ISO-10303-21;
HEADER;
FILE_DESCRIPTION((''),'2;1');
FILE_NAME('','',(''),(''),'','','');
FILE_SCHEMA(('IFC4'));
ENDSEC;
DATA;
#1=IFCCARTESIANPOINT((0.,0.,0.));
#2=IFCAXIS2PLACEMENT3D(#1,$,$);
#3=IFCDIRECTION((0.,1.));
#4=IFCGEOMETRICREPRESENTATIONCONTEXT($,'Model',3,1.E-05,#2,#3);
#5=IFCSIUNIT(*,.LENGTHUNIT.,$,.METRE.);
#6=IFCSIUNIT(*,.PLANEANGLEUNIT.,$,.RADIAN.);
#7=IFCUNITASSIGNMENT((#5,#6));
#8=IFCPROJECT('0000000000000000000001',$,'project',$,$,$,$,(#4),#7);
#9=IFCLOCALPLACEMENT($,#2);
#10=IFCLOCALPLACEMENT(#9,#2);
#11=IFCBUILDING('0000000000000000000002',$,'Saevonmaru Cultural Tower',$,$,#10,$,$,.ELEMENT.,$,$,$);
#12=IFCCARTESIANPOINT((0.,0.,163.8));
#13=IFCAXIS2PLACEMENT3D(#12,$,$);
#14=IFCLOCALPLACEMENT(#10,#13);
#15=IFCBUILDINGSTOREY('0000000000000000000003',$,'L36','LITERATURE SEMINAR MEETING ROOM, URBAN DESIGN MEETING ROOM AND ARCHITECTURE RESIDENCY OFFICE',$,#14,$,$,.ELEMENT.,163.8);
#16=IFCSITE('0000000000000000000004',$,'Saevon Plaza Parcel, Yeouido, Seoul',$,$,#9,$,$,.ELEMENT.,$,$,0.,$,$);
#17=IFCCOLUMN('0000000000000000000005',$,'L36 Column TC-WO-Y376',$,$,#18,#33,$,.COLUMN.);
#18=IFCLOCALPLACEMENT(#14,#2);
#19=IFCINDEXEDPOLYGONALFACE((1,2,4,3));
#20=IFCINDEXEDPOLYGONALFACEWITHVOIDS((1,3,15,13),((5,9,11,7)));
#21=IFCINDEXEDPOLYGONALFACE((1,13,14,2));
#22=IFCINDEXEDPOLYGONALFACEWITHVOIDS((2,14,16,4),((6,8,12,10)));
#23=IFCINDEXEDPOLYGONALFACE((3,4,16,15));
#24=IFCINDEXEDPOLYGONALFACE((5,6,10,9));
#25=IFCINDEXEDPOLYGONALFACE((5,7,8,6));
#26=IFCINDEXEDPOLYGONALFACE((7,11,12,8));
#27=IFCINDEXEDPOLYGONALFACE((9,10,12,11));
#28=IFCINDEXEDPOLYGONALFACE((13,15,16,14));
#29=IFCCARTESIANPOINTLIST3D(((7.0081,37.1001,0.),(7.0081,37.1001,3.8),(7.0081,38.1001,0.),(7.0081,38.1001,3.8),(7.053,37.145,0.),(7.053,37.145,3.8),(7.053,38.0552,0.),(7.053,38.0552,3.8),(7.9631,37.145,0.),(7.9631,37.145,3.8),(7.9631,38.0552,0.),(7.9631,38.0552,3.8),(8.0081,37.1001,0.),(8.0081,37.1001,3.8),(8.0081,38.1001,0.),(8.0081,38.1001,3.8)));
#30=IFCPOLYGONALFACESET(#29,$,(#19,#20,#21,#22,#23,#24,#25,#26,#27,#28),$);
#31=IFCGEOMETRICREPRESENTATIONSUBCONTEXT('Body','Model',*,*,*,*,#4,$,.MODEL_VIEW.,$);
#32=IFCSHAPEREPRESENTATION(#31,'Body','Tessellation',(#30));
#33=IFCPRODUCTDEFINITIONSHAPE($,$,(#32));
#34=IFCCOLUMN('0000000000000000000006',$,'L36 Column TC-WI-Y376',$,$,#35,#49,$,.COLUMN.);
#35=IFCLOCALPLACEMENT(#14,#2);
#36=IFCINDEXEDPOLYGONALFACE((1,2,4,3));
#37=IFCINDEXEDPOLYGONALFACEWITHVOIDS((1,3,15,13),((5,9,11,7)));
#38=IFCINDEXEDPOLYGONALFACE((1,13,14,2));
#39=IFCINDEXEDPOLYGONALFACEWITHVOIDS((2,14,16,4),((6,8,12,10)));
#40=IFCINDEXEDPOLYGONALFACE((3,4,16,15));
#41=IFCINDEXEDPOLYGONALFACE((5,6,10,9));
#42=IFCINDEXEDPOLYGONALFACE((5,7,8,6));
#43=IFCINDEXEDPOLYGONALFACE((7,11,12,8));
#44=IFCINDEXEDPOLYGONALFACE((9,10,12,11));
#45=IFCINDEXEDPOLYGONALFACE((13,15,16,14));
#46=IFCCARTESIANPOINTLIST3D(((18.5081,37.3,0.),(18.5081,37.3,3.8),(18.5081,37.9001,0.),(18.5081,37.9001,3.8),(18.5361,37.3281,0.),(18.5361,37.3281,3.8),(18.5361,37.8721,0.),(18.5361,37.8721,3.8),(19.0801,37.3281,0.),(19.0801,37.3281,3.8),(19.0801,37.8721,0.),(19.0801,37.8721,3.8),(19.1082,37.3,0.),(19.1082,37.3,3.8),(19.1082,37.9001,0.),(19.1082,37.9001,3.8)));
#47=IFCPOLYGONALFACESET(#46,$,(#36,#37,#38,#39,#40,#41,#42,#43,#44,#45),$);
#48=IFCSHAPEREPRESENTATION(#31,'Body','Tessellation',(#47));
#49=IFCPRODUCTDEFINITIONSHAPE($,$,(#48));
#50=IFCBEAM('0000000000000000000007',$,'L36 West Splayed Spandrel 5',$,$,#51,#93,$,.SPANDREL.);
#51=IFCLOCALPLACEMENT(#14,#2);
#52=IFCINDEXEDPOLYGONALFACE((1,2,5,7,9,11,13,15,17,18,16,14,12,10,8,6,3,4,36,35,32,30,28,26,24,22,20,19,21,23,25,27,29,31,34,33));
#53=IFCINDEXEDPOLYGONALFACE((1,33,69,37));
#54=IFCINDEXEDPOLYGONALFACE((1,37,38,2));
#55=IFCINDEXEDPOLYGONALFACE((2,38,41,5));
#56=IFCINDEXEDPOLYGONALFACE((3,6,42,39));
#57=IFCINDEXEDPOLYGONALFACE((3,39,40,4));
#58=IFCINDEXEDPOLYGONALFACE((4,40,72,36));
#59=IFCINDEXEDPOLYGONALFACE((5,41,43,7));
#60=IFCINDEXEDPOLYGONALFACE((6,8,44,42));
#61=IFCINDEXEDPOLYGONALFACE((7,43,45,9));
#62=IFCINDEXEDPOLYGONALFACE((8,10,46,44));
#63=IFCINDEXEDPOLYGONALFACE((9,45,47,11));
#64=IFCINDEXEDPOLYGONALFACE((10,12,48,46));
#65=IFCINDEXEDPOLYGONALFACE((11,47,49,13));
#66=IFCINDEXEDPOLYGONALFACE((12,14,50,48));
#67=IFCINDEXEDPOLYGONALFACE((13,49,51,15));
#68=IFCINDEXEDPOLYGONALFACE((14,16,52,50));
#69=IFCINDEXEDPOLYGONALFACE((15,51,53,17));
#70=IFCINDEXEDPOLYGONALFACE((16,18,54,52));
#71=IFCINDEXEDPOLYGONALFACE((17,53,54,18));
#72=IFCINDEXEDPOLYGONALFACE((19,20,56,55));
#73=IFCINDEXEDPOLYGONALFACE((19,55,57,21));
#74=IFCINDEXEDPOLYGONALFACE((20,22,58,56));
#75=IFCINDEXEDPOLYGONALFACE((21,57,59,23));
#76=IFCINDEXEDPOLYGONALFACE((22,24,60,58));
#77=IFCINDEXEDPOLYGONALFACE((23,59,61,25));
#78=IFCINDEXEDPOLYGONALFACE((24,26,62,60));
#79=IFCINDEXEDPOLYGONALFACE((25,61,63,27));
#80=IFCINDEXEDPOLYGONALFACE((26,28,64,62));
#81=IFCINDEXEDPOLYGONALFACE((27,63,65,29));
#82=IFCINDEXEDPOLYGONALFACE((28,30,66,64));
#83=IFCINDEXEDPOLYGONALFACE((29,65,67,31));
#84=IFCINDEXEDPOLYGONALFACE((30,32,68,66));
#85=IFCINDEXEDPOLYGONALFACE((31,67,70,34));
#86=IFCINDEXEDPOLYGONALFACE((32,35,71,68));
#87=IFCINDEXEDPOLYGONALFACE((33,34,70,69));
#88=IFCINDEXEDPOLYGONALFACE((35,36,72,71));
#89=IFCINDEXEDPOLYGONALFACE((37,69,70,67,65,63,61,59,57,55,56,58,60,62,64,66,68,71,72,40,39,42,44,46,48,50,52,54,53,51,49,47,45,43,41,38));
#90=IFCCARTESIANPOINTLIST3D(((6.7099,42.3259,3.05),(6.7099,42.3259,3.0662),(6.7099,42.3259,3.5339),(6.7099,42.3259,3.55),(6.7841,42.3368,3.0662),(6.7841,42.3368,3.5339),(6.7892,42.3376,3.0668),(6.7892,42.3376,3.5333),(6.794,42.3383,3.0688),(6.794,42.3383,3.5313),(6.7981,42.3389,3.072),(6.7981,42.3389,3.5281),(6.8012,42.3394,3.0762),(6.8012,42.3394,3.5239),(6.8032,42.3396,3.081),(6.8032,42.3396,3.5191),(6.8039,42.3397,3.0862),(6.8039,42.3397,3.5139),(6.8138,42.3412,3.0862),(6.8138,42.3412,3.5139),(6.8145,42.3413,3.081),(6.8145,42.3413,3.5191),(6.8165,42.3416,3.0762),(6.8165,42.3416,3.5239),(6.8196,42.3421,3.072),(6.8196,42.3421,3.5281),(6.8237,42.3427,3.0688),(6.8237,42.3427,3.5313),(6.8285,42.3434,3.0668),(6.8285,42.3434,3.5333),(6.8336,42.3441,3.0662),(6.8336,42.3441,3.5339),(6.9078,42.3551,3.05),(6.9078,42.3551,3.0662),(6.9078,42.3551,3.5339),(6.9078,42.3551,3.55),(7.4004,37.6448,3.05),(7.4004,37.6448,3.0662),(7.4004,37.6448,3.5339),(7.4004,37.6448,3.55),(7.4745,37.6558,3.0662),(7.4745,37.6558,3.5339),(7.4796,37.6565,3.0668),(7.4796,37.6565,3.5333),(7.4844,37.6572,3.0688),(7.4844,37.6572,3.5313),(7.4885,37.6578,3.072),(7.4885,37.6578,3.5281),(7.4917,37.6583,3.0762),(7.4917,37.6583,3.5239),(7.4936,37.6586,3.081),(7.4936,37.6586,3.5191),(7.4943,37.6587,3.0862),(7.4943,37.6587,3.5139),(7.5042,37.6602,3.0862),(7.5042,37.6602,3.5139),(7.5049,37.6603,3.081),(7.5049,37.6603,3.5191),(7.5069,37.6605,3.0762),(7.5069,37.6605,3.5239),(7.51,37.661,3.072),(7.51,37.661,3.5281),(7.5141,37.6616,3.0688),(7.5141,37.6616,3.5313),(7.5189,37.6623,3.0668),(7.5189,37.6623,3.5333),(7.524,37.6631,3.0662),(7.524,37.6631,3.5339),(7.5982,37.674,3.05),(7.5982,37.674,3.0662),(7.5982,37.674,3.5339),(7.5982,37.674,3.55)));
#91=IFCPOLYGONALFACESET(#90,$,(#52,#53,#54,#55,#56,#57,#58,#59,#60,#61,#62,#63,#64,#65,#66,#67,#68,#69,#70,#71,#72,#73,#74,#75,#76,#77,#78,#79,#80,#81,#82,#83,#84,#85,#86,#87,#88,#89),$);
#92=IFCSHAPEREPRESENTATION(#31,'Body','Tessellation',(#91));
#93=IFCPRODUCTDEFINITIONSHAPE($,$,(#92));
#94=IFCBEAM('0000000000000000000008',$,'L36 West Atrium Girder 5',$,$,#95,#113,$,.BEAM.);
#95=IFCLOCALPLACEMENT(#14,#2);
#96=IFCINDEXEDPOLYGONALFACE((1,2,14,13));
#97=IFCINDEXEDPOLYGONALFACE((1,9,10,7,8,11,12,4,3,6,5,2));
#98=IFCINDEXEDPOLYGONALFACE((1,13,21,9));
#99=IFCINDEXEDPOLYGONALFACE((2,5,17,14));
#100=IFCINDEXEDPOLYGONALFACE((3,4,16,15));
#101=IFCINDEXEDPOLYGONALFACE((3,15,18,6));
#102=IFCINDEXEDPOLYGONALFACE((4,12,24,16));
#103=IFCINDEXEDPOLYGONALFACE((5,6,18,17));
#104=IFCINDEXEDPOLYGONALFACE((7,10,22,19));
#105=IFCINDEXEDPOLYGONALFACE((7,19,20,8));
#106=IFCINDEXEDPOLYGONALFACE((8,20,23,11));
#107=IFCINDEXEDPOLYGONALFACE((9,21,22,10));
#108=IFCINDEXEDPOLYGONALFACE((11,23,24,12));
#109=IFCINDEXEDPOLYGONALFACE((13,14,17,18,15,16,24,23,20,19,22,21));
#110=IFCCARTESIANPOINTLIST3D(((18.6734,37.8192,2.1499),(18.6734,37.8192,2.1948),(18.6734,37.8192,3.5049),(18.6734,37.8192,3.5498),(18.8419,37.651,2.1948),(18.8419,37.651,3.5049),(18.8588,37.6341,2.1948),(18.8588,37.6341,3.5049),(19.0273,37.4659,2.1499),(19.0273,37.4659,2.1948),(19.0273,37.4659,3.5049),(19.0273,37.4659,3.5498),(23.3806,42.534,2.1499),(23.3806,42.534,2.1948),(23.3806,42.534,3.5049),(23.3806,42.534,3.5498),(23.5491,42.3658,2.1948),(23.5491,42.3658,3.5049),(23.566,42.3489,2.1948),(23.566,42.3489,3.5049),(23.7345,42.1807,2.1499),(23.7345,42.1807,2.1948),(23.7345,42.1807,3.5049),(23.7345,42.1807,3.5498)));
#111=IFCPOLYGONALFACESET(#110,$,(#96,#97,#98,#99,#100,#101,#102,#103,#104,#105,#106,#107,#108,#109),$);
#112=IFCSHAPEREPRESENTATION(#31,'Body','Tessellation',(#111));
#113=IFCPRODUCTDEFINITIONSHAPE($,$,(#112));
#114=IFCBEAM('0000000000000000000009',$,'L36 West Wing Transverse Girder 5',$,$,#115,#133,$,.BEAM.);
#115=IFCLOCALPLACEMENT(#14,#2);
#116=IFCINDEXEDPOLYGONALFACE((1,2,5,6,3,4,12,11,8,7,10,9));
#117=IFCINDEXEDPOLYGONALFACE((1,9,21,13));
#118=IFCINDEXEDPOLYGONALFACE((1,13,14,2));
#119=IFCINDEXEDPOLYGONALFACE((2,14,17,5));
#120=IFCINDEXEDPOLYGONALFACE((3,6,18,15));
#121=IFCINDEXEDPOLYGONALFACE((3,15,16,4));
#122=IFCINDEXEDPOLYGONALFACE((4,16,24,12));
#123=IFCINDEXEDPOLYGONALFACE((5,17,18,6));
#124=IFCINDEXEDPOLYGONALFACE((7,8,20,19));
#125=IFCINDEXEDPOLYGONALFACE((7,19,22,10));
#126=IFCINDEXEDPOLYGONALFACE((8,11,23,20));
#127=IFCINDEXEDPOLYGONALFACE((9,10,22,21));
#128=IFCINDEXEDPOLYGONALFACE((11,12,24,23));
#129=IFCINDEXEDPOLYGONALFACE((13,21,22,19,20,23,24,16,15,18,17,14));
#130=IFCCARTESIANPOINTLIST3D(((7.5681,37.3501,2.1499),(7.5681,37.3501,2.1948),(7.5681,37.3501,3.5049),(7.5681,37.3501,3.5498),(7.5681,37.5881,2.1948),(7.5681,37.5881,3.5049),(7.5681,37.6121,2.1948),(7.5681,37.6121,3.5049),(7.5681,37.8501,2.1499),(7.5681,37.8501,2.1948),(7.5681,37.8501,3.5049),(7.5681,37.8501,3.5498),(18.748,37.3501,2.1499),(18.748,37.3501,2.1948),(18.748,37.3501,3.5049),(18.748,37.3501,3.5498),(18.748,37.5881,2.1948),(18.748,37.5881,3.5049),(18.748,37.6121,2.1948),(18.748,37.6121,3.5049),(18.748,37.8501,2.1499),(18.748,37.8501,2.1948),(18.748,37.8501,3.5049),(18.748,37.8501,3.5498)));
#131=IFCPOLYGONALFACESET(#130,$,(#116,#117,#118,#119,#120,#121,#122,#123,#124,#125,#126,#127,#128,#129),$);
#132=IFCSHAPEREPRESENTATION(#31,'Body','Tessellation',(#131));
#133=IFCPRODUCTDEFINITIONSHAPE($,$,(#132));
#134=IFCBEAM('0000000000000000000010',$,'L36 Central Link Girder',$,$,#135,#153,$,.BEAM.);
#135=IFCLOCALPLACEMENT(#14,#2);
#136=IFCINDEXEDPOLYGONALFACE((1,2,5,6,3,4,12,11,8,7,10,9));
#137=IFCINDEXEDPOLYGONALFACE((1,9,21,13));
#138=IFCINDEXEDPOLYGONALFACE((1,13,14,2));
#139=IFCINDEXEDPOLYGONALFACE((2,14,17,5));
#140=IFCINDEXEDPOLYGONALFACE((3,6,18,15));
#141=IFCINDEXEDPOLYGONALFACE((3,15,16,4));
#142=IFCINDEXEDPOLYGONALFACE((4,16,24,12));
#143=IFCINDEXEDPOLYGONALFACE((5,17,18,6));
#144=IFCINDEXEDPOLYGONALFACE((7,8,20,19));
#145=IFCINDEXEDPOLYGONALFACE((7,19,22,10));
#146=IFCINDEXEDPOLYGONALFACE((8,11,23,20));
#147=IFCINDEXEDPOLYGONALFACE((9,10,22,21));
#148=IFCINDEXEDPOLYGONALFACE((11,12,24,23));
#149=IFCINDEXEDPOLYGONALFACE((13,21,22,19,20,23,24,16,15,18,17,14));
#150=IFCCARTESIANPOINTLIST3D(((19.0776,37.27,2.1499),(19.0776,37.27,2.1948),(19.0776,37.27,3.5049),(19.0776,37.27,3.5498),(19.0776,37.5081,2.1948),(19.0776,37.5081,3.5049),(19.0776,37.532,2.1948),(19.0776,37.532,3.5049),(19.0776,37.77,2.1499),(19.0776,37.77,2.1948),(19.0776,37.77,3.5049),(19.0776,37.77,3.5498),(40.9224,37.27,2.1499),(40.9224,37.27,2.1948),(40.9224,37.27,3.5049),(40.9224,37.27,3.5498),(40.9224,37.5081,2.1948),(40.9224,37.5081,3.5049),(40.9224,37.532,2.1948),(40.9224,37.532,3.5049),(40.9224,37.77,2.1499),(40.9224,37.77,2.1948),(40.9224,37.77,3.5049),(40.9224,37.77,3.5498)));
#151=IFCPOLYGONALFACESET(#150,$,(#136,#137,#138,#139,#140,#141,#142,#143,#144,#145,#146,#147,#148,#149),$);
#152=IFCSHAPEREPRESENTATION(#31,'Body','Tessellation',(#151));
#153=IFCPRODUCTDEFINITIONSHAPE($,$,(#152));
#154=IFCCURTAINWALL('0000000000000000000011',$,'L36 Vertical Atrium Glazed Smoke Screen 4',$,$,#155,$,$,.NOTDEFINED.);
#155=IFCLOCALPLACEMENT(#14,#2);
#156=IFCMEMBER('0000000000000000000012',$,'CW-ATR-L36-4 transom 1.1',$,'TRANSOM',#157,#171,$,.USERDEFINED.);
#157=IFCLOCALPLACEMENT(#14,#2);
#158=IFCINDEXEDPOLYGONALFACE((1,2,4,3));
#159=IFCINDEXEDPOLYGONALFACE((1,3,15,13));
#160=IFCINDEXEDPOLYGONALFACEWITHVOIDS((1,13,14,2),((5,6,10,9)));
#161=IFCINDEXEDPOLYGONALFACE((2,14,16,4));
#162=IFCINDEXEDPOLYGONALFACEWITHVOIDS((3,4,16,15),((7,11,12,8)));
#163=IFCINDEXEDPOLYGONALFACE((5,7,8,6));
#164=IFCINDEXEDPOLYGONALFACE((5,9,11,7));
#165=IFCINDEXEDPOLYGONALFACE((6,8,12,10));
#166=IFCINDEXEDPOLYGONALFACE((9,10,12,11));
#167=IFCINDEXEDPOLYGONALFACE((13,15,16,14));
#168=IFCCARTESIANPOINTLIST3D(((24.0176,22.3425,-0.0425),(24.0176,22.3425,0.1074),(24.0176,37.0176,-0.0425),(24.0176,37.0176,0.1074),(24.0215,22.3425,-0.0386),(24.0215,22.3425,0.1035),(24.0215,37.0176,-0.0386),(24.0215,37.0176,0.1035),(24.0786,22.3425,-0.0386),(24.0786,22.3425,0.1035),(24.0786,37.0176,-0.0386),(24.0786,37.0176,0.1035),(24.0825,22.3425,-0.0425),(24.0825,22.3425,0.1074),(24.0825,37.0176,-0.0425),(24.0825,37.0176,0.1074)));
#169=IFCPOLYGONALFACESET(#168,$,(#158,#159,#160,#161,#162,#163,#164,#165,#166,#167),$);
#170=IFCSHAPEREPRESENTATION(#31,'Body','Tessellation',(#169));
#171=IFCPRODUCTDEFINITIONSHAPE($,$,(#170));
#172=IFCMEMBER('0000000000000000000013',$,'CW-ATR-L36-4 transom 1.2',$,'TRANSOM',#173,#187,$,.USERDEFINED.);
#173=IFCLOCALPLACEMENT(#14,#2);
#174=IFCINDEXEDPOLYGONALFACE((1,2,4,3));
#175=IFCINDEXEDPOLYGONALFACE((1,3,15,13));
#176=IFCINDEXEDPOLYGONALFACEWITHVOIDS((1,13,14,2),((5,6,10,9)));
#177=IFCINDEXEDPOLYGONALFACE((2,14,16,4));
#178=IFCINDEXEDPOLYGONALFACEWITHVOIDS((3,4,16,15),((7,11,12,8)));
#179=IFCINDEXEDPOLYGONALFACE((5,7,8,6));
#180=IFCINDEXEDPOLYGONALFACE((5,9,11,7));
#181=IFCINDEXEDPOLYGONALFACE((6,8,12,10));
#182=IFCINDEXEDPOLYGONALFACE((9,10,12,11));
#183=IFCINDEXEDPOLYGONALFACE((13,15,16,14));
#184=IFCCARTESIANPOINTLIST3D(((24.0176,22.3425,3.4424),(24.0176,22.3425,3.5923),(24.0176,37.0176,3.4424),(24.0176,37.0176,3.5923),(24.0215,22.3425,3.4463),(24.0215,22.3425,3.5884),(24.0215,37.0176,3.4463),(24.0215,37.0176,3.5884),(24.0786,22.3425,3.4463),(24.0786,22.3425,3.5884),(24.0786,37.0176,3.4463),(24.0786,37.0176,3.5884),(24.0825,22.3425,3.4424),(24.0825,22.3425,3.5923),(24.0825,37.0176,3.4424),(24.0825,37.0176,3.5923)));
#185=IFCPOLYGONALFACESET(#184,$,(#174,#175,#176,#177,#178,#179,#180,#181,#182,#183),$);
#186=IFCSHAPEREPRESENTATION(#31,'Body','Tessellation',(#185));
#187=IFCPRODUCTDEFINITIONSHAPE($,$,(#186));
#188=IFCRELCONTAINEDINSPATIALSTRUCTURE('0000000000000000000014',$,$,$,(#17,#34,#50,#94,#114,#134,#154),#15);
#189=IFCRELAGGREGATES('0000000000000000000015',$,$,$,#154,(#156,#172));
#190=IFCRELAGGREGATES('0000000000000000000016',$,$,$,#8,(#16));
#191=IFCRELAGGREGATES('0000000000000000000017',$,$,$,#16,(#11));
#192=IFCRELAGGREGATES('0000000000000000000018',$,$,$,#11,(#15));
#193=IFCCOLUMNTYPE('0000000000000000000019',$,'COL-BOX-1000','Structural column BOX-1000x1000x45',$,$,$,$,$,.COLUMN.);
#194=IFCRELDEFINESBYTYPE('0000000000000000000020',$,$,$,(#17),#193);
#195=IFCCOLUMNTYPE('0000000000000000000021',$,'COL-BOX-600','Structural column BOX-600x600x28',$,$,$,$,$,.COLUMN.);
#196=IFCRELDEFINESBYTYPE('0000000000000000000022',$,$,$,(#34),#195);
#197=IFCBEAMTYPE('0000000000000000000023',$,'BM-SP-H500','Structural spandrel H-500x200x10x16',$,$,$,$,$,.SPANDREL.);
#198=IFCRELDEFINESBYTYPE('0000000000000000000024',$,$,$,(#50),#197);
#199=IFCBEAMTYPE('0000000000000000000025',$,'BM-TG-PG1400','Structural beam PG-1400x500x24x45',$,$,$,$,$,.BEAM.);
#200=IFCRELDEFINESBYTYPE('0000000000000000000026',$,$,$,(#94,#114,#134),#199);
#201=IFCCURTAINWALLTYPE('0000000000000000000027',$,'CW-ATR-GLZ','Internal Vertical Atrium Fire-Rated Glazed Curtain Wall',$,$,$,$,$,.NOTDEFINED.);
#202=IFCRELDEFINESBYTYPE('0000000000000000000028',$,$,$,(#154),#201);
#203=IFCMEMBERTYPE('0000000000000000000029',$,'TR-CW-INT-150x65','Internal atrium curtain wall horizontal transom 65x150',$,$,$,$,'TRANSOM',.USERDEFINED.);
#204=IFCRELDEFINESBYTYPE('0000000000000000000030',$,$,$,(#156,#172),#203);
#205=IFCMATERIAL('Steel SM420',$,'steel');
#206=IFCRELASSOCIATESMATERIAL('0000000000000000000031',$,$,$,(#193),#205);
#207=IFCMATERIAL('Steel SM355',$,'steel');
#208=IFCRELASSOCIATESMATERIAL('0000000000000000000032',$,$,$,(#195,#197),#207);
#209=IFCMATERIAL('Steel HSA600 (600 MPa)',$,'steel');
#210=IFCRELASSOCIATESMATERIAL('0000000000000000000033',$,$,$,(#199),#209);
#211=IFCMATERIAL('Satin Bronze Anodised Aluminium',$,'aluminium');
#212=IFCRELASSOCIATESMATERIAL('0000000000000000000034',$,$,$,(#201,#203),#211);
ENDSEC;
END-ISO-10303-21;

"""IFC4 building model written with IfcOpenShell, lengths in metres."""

from ifc_helpers import new_model, si_unit, direction, frame, origin, origin_2d, place, context, subcontext, project, spatial, hollow_rectangle, i_section, extrude, material, material_profile, profile_set, type_object, element, aggregate, save


model = new_model("IFC4")

# Units and contexts
model_context = context("Model", 3, precision=1e-05, world=origin(), true_north=direction((0.0, 1.0)))
body_context = subcontext(model_context, "Body", "Model", "MODEL_VIEW")
ifc_project = project(units=[si_unit("LENGTHUNIT", "METRE"), si_unit("PLANEANGLEUNIT", "RADIAN")], contexts=[model_context])

# Site, building, storey
site_placement = place(None, origin())
site = spatial("IfcSite", under=ifc_project, at=site_placement, Name="Saevon Plaza Parcel, Yeouido, Seoul", CompositionType="ELEMENT", RefElevation=0.0)
building_placement = place(site_placement, origin())
building = spatial("IfcBuilding", under=site, at=building_placement, Name="Saevonmaru Cultural Tower", CompositionType="ELEMENT")
storey_placement = place(building_placement, frame((0.0, 0.0, 163.8)))
storey = spatial("IfcBuildingStorey", under=building, at=storey_placement, Name="L36", Description="LITERATURE SEMINAR MEETING ROOM, URBAN DESIGN MEETING ROOM AND ARCHITECTURE RESIDENCY OFFICE", CompositionType="ELEMENT", Elevation=163.8)

# Columns
ifc_material_1 = material(Name="Steel SM420", Category="steel")
ifc_material_profile_1 = material_profile(ifc_material_1, hollow_rectangle(XDim=1.0, YDim=1.0, WallThickness=0.0449, at=origin_2d()), Name="BOX-1000x1000x45")
ifc_profile_set_1 = profile_set([ifc_material_profile_1], Name="Steel SM420")
column_type_1 = type_object("IfcColumnType", Name="COL-BOX-1000", Description="Structural column BOX-1000x1000x45", PredefinedType="COLUMN", material=ifc_profile_set_1)
column_1_placement = place(storey_placement, frame((7.5081, 37.6001, 0.0), z_axis=(0.0, 0.0, 1.0), x_axis=(1.0, 0.0, 0.0)))
element("IfcColumn", 1, at=column_1_placement, inside=storey, type_object=column_type_1, Name="L36 Column TC-WO-Y376", PredefinedType="COLUMN", context=body_context, shape_type="SweptSolid", body=[
    extrude(hollow_rectangle(XDim=1.0, YDim=1.0, WallThickness=0.0449, at=origin_2d()), origin(), (0.0, 0.0, 1.0), 3.8),
])
ifc_material_2 = material(Name="Steel SM355", Category="steel")
ifc_material_profile_2 = material_profile(ifc_material_2, hollow_rectangle(XDim=0.6001, YDim=0.6001, WallThickness=0.0281, at=origin_2d()), Name="BOX-600x600x28")
ifc_profile_set_2 = profile_set([ifc_material_profile_2], Name="Steel SM355")
column_type_2 = type_object("IfcColumnType", Name="COL-BOX-600", Description="Structural column BOX-600x600x28", PredefinedType="COLUMN", material=ifc_profile_set_2)
column_2_placement = place(storey_placement, frame((18.8081, 37.6001, 0.0), z_axis=(0.0, 0.0, 1.0), x_axis=(1.0, 0.0, 0.0)))
element("IfcColumn", 2, at=column_2_placement, inside=storey, type_object=column_type_2, Name="L36 Column TC-WI-Y376", PredefinedType="COLUMN", context=body_context, shape_type="SweptSolid", body=[
    extrude(hollow_rectangle(XDim=0.6001, YDim=0.6001, WallThickness=0.0281, at=origin_2d()), origin(), (0.0, 0.0, 1.0), 3.8),
])

# Beams
ifc_material_profile_3 = material_profile(ifc_material_2, i_section(OverallWidth=0.2, OverallDepth=0.5, WebThickness=0.01, FlangeThickness=0.0161, FilletRadius=0.02, at=origin_2d()), Name="H-500x200x10x16")
ifc_profile_set_3 = profile_set([ifc_material_profile_3], Name="Steel SM355")
beam_type_1 = type_object("IfcBeamType", Name="BM-SP-H500", Description="Structural spandrel H-500x200x10x16", PredefinedType="SPANDREL", material=ifc_profile_set_3)
beam_1_placement = place(storey_placement, frame((7.4993, 37.6594, 3.3), z_axis=(-0.145913, 0.989297, 0.0), x_axis=(-0.989297, -0.145913, 0.0)))
element("IfcBeam", 3, at=beam_1_placement, inside=storey, type_object=beam_type_1, Name="L36 West Splayed Spandrel 5", PredefinedType="SPANDREL", context=body_context, shape_type="SweptSolid", body=[
    extrude(i_section(OverallWidth=0.2, OverallDepth=0.5, WebThickness=0.01, FlangeThickness=0.0161, FilletRadius=0.02, at=origin_2d()), origin(), (0.0, 0.0, 1.0), 4.7317),
])
ifc_material_3 = material(Name="Steel HSA600 (600 MPa)", Category="steel")
ifc_material_profile_4 = material_profile(ifc_material_3, i_section(OverallWidth=0.5, OverallDepth=1.3999, WebThickness=0.0239, FlangeThickness=0.0449, at=origin_2d()), Name="PG-1400x500x24x45")
ifc_profile_set_4 = profile_set([ifc_material_profile_4], Name="Steel HSA600 (600 MPa)")
beam_type_2 = type_object("IfcBeamType", Name="BM-TG-PG1400", Description="Structural beam PG-1400x500x24x45", PredefinedType="BEAM", material=ifc_profile_set_4)
beam_2_placement = place(storey_placement, frame((18.8503, 37.6426, 2.8499), z_axis=(0.706539, 0.707675, 0.0), x_axis=(-0.707675, 0.706539, 0.0)))
element("IfcBeam", 4, at=beam_2_placement, inside=storey, type_object=beam_type_2, Name="L36 West Atrium Girder 5", PredefinedType="BEAM", context=body_context, shape_type="SweptSolid", body=[
    extrude(i_section(OverallWidth=0.5, OverallDepth=1.3999, WebThickness=0.0239, FlangeThickness=0.0449, at=origin_2d()), origin(), (0.0, 0.0, 1.0), 6.6624),
])
beam_3_placement = place(storey_placement, frame((7.5681, 37.6001, 2.8499), z_axis=(1.0, 0.0, 0.0), x_axis=(0.0, 1.0, 0.0)))
element("IfcBeam", 5, at=beam_3_placement, inside=storey, type_object=beam_type_2, Name="L36 West Wing Transverse Girder 5", PredefinedType="BEAM", context=body_context, shape_type="SweptSolid", body=[
    extrude(i_section(OverallWidth=0.5, OverallDepth=1.3999, WebThickness=0.0239, FlangeThickness=0.0449, at=origin_2d()), origin(), (0.0, 0.0, 1.0), 11.1799),
])
beam_4_placement = place(storey_placement, frame((19.0776, 37.52, 2.8499), z_axis=(1.0, 0.0, 0.0), x_axis=(0.0, 1.0, 0.0)))
element("IfcBeam", 6, at=beam_4_placement, inside=storey, type_object=beam_type_2, Name="L36 Central Link Girder", PredefinedType="BEAM", context=body_context, shape_type="SweptSolid", body=[
    extrude(i_section(OverallWidth=0.5, OverallDepth=1.3999, WebThickness=0.0239, FlangeThickness=0.0449, at=origin_2d()), origin(), (0.0, 0.0, 1.0), 21.8447),
])

# Curtain wall, members
ifc_material_4 = material(Name="Satin Bronze Anodised Aluminium", Category="aluminium")
curtain_wall_type_1 = type_object("IfcCurtainWallType", Name="CW-ATR-GLZ", Description="Internal Vertical Atrium Fire-Rated Glazed Curtain Wall", PredefinedType="NOTDEFINED", material=ifc_material_4)
curtain_wall_1_placement = place(storey_placement, origin())
curtain_wall_1 = element("IfcCurtainWall", 7, at=curtain_wall_1_placement, inside=storey, type_object=curtain_wall_type_1, Name="L36 Vertical Atrium Glazed Smoke Screen 4", PredefinedType="NOTDEFINED")
ifc_material_profile_5 = material_profile(ifc_material_4, hollow_rectangle(XDim=0.0649, YDim=0.1499, WallThickness=0.0039, at=origin_2d()), Name="ALU-TRAN-150x65x4")
ifc_profile_set_5 = profile_set([ifc_material_profile_5], Name="Satin Bronze Anodised Aluminium")
member_type = type_object("IfcMemberType", Name="TR-CW-INT-150x65", Description="Internal atrium curtain wall horizontal transom 65x150", ElementType="TRANSOM", PredefinedType="USERDEFINED", material=ifc_profile_set_5)
member_1_placement = place(storey_placement, frame((24.05, 37.0176, 0.0325), z_axis=(0.0, -1.0, 0.0), x_axis=(1.0, 0.0, 0.0)))
member_1 = element("IfcMember", 8, at=member_1_placement, type_object=member_type, Name="CW-ATR-L36-4 transom 1.1", ObjectType="TRANSOM", PredefinedType="USERDEFINED", context=body_context, shape_type="SweptSolid", body=[
    extrude(hollow_rectangle(XDim=0.0649, YDim=0.1499, WallThickness=0.0039, at=origin_2d()), origin(), (0.0, 0.0, 1.0), 14.675),
])
member_2_placement = place(storey_placement, frame((24.05, 37.0176, 3.5173), z_axis=(0.0, -1.0, 0.0), x_axis=(1.0, 0.0, 0.0)))
member_2 = element("IfcMember", 9, at=member_2_placement, type_object=member_type, Name="CW-ATR-L36-4 transom 1.2", ObjectType="TRANSOM", PredefinedType="USERDEFINED", context=body_context, shape_type="SweptSolid", body=[
    extrude(hollow_rectangle(XDim=0.0649, YDim=0.1499, WallThickness=0.0039, at=origin_2d()), origin(), (0.0, 0.0, 1.0), 14.675),
])
aggregate(curtain_wall_1, [member_1, member_2])

save(model, "model.ifc")
